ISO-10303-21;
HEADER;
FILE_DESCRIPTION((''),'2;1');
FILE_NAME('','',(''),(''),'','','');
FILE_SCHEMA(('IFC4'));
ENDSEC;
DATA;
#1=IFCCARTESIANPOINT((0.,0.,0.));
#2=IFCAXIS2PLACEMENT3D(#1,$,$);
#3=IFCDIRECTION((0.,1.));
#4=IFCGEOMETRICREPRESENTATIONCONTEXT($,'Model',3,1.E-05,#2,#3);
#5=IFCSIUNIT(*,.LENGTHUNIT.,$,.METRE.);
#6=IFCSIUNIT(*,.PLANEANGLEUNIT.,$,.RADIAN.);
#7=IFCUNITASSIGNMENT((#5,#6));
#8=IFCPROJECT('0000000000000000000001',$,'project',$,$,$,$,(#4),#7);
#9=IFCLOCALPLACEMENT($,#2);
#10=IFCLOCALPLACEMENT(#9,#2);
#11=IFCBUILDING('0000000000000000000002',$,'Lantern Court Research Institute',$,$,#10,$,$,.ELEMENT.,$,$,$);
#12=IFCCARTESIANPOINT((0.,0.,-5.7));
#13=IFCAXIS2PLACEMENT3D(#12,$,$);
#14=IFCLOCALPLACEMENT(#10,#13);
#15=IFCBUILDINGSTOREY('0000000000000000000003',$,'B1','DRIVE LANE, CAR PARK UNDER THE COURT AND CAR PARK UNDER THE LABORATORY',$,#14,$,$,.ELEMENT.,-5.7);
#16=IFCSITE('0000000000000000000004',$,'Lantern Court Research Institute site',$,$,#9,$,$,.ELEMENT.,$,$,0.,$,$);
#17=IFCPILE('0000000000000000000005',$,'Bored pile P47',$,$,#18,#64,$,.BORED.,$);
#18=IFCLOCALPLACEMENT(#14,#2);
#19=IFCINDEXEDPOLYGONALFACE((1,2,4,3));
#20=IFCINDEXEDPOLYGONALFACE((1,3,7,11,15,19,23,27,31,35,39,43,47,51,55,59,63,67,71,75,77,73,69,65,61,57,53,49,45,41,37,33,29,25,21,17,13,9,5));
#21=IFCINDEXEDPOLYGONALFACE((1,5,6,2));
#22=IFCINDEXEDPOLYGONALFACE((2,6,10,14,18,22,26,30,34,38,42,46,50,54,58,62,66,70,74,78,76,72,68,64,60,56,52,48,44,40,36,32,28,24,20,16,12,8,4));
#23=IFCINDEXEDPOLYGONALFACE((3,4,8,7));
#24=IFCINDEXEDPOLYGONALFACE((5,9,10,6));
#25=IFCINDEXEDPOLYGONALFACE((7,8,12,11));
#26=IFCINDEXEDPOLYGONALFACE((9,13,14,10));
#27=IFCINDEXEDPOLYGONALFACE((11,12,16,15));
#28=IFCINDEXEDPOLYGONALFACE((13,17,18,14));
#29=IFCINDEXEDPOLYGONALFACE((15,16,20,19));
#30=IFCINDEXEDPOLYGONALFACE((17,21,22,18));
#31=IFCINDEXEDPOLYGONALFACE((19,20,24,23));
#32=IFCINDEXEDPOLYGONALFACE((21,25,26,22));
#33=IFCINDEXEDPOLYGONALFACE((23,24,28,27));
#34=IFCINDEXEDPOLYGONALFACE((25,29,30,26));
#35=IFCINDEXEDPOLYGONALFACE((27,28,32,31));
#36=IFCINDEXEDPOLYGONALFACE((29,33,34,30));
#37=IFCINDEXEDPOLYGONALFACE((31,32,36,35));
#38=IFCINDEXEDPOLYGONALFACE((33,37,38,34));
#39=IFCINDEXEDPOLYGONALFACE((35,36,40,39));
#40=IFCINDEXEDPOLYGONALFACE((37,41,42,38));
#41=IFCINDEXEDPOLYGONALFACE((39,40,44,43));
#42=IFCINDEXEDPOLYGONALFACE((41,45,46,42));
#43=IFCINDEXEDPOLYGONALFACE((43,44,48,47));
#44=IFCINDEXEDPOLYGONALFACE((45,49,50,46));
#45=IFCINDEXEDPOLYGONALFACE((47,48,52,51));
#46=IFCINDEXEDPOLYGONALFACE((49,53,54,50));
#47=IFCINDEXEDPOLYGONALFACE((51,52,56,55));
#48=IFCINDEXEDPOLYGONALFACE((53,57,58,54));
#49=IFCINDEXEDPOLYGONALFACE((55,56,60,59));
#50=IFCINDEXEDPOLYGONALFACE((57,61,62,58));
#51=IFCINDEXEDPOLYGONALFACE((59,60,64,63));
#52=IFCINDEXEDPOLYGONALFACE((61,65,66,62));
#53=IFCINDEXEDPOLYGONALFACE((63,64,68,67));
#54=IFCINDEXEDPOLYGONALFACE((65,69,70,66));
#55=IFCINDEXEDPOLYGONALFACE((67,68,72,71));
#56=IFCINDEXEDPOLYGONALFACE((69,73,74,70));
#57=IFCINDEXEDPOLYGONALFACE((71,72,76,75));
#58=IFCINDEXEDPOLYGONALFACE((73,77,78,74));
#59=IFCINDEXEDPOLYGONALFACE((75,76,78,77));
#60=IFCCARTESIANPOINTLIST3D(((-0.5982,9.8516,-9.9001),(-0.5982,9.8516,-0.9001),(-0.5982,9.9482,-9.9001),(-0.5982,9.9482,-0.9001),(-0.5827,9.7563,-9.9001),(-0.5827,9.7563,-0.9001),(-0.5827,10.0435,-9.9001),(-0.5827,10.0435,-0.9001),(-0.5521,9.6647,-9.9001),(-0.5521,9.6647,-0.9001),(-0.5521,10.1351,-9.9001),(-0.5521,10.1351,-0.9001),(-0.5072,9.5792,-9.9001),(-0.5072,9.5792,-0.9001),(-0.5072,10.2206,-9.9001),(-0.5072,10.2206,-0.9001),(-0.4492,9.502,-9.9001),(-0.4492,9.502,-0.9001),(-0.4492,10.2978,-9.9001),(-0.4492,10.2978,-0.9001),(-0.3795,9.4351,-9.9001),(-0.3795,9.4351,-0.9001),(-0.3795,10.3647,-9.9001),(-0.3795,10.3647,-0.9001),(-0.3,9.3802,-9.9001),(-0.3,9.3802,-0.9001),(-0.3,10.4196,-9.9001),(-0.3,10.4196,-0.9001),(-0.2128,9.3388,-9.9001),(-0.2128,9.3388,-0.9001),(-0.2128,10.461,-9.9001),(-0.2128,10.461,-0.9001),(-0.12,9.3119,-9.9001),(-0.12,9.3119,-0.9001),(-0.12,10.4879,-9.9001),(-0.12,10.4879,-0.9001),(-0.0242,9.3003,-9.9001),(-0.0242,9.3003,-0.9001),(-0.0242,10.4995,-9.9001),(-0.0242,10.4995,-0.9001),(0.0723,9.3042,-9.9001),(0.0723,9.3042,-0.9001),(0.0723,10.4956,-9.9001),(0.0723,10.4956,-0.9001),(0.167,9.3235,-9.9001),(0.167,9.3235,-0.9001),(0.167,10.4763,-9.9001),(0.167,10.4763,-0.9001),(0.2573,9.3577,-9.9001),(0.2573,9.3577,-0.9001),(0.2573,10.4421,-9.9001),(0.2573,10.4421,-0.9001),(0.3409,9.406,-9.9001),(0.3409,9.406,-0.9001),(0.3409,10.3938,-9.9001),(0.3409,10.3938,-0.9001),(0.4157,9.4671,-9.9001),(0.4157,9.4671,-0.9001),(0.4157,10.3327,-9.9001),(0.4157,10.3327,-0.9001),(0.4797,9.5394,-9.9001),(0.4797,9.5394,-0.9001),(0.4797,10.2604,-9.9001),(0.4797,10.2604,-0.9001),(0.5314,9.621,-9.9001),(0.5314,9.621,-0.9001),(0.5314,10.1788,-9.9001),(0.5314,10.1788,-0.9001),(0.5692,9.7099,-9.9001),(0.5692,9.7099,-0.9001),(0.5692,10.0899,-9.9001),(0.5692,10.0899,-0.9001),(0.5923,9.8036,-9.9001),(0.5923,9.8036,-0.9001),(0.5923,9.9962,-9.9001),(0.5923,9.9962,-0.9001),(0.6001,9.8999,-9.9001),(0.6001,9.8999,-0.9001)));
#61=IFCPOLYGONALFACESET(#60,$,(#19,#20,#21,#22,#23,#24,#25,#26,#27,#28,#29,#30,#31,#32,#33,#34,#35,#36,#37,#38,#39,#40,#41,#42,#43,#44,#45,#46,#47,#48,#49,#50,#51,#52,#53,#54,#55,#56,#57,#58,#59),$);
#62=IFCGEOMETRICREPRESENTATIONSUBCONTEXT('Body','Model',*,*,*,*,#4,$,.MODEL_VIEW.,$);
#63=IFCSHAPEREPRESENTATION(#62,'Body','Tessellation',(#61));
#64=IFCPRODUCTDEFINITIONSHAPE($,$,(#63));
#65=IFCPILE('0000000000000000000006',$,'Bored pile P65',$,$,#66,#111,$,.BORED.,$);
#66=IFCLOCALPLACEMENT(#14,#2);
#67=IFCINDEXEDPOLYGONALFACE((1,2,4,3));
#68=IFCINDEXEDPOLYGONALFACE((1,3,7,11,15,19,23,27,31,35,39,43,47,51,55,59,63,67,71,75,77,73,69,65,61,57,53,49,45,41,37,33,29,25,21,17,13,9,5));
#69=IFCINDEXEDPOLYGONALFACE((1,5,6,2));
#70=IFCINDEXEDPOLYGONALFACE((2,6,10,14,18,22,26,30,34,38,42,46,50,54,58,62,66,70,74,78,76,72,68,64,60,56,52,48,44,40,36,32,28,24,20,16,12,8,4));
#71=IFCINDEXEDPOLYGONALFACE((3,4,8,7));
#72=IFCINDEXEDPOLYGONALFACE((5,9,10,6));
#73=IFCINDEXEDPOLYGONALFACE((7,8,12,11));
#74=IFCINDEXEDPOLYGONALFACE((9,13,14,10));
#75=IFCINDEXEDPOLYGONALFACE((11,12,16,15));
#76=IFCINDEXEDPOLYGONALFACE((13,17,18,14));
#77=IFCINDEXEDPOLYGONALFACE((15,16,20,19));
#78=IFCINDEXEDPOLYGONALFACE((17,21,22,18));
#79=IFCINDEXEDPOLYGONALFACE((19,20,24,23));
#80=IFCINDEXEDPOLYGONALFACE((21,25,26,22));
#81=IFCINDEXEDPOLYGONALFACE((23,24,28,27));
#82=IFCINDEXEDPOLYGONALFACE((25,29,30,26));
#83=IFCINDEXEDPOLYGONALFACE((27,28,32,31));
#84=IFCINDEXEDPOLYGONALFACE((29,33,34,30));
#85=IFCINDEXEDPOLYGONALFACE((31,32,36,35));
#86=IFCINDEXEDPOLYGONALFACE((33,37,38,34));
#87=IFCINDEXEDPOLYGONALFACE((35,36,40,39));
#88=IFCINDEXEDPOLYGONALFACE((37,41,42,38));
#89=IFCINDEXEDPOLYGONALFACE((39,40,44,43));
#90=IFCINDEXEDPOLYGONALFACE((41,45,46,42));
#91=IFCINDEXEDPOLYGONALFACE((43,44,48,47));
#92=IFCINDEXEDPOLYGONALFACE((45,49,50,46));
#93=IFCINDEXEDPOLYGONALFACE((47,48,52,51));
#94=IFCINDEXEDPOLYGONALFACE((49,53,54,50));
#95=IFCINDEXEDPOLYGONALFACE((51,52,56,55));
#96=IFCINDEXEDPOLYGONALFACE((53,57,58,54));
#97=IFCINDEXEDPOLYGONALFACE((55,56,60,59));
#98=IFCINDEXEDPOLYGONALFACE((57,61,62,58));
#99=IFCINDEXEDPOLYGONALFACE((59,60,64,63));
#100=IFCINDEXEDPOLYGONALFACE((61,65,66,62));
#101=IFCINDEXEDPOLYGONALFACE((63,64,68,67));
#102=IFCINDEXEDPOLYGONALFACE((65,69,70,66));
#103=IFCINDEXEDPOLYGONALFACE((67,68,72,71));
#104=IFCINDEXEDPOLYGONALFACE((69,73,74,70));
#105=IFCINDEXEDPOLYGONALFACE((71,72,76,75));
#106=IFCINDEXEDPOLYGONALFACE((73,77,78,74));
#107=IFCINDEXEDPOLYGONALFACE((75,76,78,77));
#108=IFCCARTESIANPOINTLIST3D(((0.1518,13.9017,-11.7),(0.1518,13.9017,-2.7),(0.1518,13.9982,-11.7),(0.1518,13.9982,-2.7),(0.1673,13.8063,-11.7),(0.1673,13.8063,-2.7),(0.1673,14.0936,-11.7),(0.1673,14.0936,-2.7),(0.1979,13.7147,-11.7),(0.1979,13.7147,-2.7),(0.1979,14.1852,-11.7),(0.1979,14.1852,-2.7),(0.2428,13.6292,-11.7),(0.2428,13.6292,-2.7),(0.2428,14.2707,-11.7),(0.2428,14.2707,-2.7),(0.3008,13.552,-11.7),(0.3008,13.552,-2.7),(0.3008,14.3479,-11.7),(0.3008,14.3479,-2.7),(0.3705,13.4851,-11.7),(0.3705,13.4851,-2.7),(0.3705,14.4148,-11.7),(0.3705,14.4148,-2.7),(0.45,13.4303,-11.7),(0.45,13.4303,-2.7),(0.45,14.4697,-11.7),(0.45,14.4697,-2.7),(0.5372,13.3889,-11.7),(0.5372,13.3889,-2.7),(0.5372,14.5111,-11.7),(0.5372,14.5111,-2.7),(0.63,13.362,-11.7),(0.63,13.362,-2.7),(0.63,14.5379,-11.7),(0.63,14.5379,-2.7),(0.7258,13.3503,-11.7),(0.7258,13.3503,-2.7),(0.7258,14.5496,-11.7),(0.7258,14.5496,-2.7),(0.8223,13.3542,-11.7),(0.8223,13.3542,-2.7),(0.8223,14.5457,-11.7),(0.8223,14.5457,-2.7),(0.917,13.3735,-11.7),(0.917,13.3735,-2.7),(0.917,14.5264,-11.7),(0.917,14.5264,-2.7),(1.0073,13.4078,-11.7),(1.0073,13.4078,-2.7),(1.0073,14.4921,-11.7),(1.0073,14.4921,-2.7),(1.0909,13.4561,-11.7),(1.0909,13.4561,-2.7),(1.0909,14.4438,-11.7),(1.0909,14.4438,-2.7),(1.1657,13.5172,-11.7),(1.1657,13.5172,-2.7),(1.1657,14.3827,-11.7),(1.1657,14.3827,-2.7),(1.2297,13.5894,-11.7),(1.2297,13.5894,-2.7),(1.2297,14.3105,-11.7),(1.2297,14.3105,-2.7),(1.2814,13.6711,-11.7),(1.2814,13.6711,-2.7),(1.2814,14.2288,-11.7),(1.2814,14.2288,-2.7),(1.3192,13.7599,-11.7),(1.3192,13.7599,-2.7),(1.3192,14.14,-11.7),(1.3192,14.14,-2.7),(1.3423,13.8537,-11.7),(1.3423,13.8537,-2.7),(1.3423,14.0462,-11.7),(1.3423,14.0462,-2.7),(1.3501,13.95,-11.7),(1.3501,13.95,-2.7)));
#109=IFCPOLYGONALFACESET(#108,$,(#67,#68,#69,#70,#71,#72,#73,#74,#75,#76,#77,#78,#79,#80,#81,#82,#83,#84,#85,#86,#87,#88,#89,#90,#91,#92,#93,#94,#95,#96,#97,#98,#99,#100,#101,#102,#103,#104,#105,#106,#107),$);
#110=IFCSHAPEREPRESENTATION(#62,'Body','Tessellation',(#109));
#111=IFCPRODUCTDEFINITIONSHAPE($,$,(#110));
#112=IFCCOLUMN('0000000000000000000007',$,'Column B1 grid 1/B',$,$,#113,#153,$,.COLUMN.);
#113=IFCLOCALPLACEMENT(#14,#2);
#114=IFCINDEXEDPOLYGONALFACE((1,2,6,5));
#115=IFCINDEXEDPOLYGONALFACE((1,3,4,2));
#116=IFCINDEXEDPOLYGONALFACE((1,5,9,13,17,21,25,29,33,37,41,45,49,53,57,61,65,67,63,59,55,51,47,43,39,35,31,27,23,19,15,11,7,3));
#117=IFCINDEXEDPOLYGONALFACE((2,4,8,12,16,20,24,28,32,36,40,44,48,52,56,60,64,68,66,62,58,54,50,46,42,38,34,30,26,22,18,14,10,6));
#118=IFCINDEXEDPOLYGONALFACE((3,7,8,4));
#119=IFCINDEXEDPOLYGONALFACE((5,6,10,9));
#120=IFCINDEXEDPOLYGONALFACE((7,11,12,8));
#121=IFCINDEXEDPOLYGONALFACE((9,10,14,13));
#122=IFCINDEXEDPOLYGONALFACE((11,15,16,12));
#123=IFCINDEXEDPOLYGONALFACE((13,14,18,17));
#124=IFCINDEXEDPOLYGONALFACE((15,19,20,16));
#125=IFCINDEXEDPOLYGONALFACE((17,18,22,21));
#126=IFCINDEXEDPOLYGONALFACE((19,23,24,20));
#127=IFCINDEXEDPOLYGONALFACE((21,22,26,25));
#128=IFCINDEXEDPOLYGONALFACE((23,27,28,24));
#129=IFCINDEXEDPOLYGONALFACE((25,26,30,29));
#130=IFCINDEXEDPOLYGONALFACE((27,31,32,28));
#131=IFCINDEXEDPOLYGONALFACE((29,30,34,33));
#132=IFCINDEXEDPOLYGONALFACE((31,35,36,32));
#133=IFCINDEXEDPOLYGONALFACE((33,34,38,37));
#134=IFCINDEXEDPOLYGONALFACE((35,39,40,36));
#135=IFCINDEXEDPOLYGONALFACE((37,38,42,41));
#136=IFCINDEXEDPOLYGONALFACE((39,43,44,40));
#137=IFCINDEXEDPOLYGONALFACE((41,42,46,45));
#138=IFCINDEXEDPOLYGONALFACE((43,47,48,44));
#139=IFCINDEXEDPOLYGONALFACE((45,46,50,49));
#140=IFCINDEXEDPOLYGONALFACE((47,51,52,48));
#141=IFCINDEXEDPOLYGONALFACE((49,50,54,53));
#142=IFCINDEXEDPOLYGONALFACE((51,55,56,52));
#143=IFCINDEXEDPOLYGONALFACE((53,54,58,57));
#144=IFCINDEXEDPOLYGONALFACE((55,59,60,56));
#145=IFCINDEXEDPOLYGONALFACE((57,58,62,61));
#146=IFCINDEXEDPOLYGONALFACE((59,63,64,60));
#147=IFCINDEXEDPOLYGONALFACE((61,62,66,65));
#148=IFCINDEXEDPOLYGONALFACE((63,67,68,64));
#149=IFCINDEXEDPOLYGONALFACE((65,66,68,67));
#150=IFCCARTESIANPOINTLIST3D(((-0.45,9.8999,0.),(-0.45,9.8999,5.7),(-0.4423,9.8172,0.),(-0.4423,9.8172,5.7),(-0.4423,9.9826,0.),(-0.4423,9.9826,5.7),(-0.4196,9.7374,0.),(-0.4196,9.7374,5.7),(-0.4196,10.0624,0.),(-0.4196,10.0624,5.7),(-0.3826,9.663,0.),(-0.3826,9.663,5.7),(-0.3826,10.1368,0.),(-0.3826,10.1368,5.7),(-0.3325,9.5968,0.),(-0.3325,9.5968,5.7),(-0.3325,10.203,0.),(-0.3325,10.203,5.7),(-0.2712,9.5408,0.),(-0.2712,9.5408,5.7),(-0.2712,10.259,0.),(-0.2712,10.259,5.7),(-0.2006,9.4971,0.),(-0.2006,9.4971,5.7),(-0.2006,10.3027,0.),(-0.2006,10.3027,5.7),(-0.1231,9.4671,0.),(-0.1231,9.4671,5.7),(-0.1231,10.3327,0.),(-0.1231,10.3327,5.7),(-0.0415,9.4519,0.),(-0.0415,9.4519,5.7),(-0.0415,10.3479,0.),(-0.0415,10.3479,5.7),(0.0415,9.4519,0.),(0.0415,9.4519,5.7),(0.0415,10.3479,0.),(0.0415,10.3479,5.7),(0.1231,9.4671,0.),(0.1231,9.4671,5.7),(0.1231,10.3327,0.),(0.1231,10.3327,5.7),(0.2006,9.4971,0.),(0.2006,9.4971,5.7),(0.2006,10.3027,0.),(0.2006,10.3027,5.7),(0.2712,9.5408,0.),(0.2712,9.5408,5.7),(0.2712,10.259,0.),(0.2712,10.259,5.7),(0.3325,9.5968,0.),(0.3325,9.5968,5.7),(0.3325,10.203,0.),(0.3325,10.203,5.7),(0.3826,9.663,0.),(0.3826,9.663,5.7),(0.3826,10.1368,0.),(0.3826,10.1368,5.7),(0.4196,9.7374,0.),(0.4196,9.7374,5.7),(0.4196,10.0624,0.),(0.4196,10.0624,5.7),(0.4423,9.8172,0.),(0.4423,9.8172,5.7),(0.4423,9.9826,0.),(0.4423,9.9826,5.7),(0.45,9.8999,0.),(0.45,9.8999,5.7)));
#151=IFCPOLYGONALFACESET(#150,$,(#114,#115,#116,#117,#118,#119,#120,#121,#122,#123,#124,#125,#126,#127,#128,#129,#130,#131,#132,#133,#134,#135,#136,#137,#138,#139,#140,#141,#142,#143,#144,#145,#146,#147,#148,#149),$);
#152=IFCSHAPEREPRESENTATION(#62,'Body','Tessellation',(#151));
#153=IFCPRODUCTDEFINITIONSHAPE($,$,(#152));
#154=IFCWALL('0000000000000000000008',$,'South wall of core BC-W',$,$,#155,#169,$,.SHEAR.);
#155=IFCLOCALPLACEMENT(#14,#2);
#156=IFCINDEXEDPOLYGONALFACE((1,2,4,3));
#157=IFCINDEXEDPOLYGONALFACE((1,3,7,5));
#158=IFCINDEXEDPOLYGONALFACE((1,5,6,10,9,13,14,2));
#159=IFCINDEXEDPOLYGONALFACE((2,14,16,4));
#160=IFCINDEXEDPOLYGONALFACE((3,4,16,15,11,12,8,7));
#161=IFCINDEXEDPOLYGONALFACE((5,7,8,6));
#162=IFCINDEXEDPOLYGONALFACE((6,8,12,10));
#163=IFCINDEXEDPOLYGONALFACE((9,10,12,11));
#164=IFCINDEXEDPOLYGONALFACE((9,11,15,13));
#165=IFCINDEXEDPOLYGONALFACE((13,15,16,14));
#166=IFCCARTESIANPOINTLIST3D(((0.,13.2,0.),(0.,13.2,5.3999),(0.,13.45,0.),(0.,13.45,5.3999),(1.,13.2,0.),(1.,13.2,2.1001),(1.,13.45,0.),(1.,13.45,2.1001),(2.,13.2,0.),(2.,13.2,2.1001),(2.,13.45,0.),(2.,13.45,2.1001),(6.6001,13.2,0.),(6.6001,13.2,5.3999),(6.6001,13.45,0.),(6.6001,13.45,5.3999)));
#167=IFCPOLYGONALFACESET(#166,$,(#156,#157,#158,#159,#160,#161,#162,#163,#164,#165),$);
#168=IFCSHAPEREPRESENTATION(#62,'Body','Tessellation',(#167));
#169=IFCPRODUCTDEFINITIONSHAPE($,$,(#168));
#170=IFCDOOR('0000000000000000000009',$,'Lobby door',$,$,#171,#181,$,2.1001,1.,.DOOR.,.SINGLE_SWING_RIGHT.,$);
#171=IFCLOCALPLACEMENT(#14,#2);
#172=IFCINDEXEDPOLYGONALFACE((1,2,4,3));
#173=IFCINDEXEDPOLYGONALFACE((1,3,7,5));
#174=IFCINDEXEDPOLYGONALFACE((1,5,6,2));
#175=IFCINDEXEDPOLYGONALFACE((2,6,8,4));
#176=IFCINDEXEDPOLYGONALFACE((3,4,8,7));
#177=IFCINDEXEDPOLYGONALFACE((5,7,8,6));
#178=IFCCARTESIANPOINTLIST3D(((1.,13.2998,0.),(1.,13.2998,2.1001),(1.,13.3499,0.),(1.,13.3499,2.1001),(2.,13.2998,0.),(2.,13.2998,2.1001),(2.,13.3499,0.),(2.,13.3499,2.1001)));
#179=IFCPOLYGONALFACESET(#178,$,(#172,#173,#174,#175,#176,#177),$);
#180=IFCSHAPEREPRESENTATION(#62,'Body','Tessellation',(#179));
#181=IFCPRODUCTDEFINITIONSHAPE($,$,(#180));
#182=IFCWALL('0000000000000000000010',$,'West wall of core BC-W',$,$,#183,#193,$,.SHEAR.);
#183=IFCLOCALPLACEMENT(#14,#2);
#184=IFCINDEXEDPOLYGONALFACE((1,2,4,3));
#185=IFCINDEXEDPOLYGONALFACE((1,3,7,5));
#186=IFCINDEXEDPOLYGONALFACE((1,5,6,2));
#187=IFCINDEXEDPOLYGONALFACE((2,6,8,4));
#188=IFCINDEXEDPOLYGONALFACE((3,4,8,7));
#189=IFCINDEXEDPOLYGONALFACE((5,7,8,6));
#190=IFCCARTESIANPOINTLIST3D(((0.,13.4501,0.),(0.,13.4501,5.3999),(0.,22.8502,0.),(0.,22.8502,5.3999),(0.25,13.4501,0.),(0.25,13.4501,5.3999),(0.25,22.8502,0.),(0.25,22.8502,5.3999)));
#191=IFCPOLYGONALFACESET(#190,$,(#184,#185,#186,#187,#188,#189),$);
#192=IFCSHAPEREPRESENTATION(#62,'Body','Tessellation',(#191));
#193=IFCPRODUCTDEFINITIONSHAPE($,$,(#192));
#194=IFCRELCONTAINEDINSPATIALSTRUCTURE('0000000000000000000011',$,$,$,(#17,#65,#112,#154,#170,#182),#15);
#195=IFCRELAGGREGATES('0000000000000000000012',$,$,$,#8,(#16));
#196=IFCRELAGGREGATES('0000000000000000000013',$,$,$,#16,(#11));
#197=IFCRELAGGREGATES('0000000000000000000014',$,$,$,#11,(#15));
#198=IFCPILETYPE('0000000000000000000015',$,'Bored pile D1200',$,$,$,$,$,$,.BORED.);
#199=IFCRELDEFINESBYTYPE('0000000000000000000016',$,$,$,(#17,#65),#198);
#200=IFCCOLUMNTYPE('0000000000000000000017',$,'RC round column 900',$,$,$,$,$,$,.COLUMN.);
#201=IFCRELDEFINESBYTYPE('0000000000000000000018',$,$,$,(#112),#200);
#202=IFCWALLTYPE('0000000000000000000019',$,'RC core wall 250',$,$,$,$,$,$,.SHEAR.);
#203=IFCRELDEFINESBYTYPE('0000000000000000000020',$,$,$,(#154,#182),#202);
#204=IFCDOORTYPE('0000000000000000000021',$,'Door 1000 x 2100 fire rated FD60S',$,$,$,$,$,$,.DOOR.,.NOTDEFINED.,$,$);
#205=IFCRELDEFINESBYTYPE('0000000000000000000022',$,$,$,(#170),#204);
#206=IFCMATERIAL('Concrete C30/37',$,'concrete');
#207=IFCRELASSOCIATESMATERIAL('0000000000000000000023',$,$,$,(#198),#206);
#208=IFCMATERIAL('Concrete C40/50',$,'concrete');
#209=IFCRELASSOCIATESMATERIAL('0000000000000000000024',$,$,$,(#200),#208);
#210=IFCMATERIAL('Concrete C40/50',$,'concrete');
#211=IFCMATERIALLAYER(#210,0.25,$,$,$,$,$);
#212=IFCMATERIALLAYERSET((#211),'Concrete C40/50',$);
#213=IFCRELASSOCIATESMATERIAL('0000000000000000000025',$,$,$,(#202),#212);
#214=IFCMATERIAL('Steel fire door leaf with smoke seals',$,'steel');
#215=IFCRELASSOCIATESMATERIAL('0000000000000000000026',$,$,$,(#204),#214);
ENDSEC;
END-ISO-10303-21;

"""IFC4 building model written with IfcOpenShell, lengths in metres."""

from ifc_helpers import new_model, si_unit, direction, frame, frame_2d, origin, origin_2d, place, context, subcontext, project, spatial, rectangle, circle, extrude, material, layer, layer_set, material_profile, profile_set, type_object, element, fill, save


model = new_model("IFC4")

# Units and contexts
model_context = context("Model", 3, precision=1e-05, world=origin(), true_north=direction((0.0, 1.0)))
body_context = subcontext(model_context, "Body", "Model", "MODEL_VIEW")
ifc_project = project(units=[si_unit("LENGTHUNIT", "METRE"), si_unit("PLANEANGLEUNIT", "RADIAN")], contexts=[model_context])

# Site, building, storey
site_placement = place(None, origin())
site = spatial("IfcSite", under=ifc_project, at=site_placement, Name="Lantern Court Research Institute site", CompositionType="ELEMENT", RefElevation=0.0)
building_placement = place(site_placement, origin())
building = spatial("IfcBuilding", under=site, at=building_placement, Name="Lantern Court Research Institute", CompositionType="ELEMENT")
storey_placement = place(building_placement, frame((0.0, 0.0, -5.7)))
storey = spatial("IfcBuildingStorey", under=building, at=storey_placement, Name="B1", Description="DRIVE LANE, CAR PARK UNDER THE COURT AND CAR PARK UNDER THE LABORATORY", CompositionType="ELEMENT", Elevation=-5.7)

# Piles
ifc_material_1 = material(Name="Concrete C30/37", Category="concrete")
ifc_material_profile_1 = material_profile(ifc_material_1, circle(Radius=0.6001, at=origin_2d()), Name="Bored pile D1200")
ifc_profile_set_1 = profile_set([ifc_material_profile_1], Name="Concrete C30/37")
pile_type = type_object("IfcPileType", Name="Bored pile D1200", PredefinedType="BORED", material=ifc_profile_set_1)
for number, where, z_axis, x_axis, name in (
    (1, (0.0, 9.8999, -0.9001), (0.0, 0.0, -1.0), (1.0, 0.0, 0.0), "Bored pile P47"),
    (2, (0.75, 13.95, -2.7), (0.0, 0.0, -1.0), (1.0, 0.0, 0.0), "Bored pile P65"),
):
    element("IfcPile", number, at=place(storey_placement, frame(where, z_axis=z_axis, x_axis=x_axis)), inside=storey, type_object=pile_type, Name=name, PredefinedType="BORED", context=body_context, shape_type="SweptSolid", body=[
        extrude(circle(Radius=0.6001, at=origin_2d()), origin(), (0.0, 0.0, 1.0), 9.0),
    ])

# Column
ifc_material_2 = material(Name="Concrete C40/50", Category="concrete")
ifc_material_profile_2 = material_profile(ifc_material_2, circle(Radius=0.45, at=origin_2d()), Name="RC round column 900")
ifc_profile_set_2 = profile_set([ifc_material_profile_2], Name="Concrete C40/50")
column_type = type_object("IfcColumnType", Name="RC round column 900", PredefinedType="COLUMN", material=ifc_profile_set_2)
column_placement = place(storey_placement, frame((0.0, 9.8999, 0.0), z_axis=(0.0, 0.0, 1.0), x_axis=(1.0, 0.0, 0.0)))
element("IfcColumn", 3, at=column_placement, inside=storey, type_object=column_type, Name="Column B1 grid 1/B", PredefinedType="COLUMN", context=body_context, shape_type="SweptSolid", body=[
    extrude(circle(Radius=0.45, at=origin_2d()), origin(), (0.0, 0.0, 1.0), 5.7),
])

# Wall, opening, door
ifc_material_3 = material(Name="Concrete C40/50", Category="concrete")
ifc_layer_1 = layer(ifc_material_3, 0.25)
ifc_layer_set_1 = layer_set([ifc_layer_1], Name="Concrete C40/50")
wall_type_1 = type_object("IfcWallType", Name="RC core wall 250", PredefinedType="SHEAR", material=ifc_layer_set_1)
wall_1_placement = place(storey_placement, frame((0.0, 13.325, 0.0), z_axis=(0.0, 0.0, 1.0), x_axis=(1.0, 0.0, 0.0)))
wall_1 = element("IfcWall", 4, at=wall_1_placement, inside=storey, type_object=wall_type_1, Name="South wall of core BC-W", PredefinedType="SHEAR", context=body_context, shape_type="SweptSolid", body=[
    extrude(rectangle(XDim=6.6001, YDim=0.25, at=frame_2d((3.3, 0.0))), origin(), (0.0, 0.0, 1.0), 5.3999),
])
opening_1_placement = place(wall_1_placement, frame((1.0, 0.0, 0.0)))
opening_1 = element("IfcOpeningElement", 5, at=opening_1_placement, cuts=wall_1, PredefinedType="OPENING", context=body_context, shape_type="SweptSolid", body=[
    extrude(rectangle(XDim=1.0, YDim=2.1001, at=frame_2d((0.5, 1.05))), frame((0.0, 0.135, 0.0), z_axis=(0.0, -1.0, 0.0), x_axis=(1.0, 0.0, 0.0)), (0.0, 0.0, 1.0), 0.27),
])
ifc_material_4 = material(Name="Steel fire door leaf with smoke seals", Category="steel")
door_type = type_object("IfcDoorType", Name="Door 1000 x 2100 fire rated FD60S", OperationType="NOTDEFINED", PredefinedType="DOOR", material=ifc_material_4)
door_1_placement = place(opening_1_placement, origin())
door_1 = element("IfcDoor", 6, at=door_1_placement, inside=storey, type_object=door_type, Name="Lobby door", OperationType="SINGLE_SWING_RIGHT", OverallHeight=2.1001, OverallWidth=1.0, PredefinedType="DOOR", context=body_context, shape_type="SweptSolid", body=[
    extrude(rectangle(XDim=1.0, YDim=2.1001, at=frame_2d((0.5, 1.05))), frame((0.0, 0.0249, 0.0), z_axis=(0.0, -1.0, 0.0), x_axis=(1.0, 0.0, 0.0)), (0.0, 0.0, 1.0), 0.05),
])
fill(opening_1, door_1)

# Wall
wall_2_placement = place(storey_placement, frame((0.125, 13.45, 0.0), z_axis=(0.0, 0.0, 1.0), x_axis=(0.0, 1.0, 0.0)))
element("IfcWall", 7, at=wall_2_placement, inside=storey, type_object=wall_type_1, Name="West wall of core BC-W", PredefinedType="SHEAR", context=body_context, shape_type="SweptSolid", body=[
    extrude(rectangle(XDim=9.4001, YDim=0.25, at=frame_2d((4.7002, 0.0))), origin(), (0.0, 0.0, 1.0), 5.3999),
])

save(model, "model.ifc")
